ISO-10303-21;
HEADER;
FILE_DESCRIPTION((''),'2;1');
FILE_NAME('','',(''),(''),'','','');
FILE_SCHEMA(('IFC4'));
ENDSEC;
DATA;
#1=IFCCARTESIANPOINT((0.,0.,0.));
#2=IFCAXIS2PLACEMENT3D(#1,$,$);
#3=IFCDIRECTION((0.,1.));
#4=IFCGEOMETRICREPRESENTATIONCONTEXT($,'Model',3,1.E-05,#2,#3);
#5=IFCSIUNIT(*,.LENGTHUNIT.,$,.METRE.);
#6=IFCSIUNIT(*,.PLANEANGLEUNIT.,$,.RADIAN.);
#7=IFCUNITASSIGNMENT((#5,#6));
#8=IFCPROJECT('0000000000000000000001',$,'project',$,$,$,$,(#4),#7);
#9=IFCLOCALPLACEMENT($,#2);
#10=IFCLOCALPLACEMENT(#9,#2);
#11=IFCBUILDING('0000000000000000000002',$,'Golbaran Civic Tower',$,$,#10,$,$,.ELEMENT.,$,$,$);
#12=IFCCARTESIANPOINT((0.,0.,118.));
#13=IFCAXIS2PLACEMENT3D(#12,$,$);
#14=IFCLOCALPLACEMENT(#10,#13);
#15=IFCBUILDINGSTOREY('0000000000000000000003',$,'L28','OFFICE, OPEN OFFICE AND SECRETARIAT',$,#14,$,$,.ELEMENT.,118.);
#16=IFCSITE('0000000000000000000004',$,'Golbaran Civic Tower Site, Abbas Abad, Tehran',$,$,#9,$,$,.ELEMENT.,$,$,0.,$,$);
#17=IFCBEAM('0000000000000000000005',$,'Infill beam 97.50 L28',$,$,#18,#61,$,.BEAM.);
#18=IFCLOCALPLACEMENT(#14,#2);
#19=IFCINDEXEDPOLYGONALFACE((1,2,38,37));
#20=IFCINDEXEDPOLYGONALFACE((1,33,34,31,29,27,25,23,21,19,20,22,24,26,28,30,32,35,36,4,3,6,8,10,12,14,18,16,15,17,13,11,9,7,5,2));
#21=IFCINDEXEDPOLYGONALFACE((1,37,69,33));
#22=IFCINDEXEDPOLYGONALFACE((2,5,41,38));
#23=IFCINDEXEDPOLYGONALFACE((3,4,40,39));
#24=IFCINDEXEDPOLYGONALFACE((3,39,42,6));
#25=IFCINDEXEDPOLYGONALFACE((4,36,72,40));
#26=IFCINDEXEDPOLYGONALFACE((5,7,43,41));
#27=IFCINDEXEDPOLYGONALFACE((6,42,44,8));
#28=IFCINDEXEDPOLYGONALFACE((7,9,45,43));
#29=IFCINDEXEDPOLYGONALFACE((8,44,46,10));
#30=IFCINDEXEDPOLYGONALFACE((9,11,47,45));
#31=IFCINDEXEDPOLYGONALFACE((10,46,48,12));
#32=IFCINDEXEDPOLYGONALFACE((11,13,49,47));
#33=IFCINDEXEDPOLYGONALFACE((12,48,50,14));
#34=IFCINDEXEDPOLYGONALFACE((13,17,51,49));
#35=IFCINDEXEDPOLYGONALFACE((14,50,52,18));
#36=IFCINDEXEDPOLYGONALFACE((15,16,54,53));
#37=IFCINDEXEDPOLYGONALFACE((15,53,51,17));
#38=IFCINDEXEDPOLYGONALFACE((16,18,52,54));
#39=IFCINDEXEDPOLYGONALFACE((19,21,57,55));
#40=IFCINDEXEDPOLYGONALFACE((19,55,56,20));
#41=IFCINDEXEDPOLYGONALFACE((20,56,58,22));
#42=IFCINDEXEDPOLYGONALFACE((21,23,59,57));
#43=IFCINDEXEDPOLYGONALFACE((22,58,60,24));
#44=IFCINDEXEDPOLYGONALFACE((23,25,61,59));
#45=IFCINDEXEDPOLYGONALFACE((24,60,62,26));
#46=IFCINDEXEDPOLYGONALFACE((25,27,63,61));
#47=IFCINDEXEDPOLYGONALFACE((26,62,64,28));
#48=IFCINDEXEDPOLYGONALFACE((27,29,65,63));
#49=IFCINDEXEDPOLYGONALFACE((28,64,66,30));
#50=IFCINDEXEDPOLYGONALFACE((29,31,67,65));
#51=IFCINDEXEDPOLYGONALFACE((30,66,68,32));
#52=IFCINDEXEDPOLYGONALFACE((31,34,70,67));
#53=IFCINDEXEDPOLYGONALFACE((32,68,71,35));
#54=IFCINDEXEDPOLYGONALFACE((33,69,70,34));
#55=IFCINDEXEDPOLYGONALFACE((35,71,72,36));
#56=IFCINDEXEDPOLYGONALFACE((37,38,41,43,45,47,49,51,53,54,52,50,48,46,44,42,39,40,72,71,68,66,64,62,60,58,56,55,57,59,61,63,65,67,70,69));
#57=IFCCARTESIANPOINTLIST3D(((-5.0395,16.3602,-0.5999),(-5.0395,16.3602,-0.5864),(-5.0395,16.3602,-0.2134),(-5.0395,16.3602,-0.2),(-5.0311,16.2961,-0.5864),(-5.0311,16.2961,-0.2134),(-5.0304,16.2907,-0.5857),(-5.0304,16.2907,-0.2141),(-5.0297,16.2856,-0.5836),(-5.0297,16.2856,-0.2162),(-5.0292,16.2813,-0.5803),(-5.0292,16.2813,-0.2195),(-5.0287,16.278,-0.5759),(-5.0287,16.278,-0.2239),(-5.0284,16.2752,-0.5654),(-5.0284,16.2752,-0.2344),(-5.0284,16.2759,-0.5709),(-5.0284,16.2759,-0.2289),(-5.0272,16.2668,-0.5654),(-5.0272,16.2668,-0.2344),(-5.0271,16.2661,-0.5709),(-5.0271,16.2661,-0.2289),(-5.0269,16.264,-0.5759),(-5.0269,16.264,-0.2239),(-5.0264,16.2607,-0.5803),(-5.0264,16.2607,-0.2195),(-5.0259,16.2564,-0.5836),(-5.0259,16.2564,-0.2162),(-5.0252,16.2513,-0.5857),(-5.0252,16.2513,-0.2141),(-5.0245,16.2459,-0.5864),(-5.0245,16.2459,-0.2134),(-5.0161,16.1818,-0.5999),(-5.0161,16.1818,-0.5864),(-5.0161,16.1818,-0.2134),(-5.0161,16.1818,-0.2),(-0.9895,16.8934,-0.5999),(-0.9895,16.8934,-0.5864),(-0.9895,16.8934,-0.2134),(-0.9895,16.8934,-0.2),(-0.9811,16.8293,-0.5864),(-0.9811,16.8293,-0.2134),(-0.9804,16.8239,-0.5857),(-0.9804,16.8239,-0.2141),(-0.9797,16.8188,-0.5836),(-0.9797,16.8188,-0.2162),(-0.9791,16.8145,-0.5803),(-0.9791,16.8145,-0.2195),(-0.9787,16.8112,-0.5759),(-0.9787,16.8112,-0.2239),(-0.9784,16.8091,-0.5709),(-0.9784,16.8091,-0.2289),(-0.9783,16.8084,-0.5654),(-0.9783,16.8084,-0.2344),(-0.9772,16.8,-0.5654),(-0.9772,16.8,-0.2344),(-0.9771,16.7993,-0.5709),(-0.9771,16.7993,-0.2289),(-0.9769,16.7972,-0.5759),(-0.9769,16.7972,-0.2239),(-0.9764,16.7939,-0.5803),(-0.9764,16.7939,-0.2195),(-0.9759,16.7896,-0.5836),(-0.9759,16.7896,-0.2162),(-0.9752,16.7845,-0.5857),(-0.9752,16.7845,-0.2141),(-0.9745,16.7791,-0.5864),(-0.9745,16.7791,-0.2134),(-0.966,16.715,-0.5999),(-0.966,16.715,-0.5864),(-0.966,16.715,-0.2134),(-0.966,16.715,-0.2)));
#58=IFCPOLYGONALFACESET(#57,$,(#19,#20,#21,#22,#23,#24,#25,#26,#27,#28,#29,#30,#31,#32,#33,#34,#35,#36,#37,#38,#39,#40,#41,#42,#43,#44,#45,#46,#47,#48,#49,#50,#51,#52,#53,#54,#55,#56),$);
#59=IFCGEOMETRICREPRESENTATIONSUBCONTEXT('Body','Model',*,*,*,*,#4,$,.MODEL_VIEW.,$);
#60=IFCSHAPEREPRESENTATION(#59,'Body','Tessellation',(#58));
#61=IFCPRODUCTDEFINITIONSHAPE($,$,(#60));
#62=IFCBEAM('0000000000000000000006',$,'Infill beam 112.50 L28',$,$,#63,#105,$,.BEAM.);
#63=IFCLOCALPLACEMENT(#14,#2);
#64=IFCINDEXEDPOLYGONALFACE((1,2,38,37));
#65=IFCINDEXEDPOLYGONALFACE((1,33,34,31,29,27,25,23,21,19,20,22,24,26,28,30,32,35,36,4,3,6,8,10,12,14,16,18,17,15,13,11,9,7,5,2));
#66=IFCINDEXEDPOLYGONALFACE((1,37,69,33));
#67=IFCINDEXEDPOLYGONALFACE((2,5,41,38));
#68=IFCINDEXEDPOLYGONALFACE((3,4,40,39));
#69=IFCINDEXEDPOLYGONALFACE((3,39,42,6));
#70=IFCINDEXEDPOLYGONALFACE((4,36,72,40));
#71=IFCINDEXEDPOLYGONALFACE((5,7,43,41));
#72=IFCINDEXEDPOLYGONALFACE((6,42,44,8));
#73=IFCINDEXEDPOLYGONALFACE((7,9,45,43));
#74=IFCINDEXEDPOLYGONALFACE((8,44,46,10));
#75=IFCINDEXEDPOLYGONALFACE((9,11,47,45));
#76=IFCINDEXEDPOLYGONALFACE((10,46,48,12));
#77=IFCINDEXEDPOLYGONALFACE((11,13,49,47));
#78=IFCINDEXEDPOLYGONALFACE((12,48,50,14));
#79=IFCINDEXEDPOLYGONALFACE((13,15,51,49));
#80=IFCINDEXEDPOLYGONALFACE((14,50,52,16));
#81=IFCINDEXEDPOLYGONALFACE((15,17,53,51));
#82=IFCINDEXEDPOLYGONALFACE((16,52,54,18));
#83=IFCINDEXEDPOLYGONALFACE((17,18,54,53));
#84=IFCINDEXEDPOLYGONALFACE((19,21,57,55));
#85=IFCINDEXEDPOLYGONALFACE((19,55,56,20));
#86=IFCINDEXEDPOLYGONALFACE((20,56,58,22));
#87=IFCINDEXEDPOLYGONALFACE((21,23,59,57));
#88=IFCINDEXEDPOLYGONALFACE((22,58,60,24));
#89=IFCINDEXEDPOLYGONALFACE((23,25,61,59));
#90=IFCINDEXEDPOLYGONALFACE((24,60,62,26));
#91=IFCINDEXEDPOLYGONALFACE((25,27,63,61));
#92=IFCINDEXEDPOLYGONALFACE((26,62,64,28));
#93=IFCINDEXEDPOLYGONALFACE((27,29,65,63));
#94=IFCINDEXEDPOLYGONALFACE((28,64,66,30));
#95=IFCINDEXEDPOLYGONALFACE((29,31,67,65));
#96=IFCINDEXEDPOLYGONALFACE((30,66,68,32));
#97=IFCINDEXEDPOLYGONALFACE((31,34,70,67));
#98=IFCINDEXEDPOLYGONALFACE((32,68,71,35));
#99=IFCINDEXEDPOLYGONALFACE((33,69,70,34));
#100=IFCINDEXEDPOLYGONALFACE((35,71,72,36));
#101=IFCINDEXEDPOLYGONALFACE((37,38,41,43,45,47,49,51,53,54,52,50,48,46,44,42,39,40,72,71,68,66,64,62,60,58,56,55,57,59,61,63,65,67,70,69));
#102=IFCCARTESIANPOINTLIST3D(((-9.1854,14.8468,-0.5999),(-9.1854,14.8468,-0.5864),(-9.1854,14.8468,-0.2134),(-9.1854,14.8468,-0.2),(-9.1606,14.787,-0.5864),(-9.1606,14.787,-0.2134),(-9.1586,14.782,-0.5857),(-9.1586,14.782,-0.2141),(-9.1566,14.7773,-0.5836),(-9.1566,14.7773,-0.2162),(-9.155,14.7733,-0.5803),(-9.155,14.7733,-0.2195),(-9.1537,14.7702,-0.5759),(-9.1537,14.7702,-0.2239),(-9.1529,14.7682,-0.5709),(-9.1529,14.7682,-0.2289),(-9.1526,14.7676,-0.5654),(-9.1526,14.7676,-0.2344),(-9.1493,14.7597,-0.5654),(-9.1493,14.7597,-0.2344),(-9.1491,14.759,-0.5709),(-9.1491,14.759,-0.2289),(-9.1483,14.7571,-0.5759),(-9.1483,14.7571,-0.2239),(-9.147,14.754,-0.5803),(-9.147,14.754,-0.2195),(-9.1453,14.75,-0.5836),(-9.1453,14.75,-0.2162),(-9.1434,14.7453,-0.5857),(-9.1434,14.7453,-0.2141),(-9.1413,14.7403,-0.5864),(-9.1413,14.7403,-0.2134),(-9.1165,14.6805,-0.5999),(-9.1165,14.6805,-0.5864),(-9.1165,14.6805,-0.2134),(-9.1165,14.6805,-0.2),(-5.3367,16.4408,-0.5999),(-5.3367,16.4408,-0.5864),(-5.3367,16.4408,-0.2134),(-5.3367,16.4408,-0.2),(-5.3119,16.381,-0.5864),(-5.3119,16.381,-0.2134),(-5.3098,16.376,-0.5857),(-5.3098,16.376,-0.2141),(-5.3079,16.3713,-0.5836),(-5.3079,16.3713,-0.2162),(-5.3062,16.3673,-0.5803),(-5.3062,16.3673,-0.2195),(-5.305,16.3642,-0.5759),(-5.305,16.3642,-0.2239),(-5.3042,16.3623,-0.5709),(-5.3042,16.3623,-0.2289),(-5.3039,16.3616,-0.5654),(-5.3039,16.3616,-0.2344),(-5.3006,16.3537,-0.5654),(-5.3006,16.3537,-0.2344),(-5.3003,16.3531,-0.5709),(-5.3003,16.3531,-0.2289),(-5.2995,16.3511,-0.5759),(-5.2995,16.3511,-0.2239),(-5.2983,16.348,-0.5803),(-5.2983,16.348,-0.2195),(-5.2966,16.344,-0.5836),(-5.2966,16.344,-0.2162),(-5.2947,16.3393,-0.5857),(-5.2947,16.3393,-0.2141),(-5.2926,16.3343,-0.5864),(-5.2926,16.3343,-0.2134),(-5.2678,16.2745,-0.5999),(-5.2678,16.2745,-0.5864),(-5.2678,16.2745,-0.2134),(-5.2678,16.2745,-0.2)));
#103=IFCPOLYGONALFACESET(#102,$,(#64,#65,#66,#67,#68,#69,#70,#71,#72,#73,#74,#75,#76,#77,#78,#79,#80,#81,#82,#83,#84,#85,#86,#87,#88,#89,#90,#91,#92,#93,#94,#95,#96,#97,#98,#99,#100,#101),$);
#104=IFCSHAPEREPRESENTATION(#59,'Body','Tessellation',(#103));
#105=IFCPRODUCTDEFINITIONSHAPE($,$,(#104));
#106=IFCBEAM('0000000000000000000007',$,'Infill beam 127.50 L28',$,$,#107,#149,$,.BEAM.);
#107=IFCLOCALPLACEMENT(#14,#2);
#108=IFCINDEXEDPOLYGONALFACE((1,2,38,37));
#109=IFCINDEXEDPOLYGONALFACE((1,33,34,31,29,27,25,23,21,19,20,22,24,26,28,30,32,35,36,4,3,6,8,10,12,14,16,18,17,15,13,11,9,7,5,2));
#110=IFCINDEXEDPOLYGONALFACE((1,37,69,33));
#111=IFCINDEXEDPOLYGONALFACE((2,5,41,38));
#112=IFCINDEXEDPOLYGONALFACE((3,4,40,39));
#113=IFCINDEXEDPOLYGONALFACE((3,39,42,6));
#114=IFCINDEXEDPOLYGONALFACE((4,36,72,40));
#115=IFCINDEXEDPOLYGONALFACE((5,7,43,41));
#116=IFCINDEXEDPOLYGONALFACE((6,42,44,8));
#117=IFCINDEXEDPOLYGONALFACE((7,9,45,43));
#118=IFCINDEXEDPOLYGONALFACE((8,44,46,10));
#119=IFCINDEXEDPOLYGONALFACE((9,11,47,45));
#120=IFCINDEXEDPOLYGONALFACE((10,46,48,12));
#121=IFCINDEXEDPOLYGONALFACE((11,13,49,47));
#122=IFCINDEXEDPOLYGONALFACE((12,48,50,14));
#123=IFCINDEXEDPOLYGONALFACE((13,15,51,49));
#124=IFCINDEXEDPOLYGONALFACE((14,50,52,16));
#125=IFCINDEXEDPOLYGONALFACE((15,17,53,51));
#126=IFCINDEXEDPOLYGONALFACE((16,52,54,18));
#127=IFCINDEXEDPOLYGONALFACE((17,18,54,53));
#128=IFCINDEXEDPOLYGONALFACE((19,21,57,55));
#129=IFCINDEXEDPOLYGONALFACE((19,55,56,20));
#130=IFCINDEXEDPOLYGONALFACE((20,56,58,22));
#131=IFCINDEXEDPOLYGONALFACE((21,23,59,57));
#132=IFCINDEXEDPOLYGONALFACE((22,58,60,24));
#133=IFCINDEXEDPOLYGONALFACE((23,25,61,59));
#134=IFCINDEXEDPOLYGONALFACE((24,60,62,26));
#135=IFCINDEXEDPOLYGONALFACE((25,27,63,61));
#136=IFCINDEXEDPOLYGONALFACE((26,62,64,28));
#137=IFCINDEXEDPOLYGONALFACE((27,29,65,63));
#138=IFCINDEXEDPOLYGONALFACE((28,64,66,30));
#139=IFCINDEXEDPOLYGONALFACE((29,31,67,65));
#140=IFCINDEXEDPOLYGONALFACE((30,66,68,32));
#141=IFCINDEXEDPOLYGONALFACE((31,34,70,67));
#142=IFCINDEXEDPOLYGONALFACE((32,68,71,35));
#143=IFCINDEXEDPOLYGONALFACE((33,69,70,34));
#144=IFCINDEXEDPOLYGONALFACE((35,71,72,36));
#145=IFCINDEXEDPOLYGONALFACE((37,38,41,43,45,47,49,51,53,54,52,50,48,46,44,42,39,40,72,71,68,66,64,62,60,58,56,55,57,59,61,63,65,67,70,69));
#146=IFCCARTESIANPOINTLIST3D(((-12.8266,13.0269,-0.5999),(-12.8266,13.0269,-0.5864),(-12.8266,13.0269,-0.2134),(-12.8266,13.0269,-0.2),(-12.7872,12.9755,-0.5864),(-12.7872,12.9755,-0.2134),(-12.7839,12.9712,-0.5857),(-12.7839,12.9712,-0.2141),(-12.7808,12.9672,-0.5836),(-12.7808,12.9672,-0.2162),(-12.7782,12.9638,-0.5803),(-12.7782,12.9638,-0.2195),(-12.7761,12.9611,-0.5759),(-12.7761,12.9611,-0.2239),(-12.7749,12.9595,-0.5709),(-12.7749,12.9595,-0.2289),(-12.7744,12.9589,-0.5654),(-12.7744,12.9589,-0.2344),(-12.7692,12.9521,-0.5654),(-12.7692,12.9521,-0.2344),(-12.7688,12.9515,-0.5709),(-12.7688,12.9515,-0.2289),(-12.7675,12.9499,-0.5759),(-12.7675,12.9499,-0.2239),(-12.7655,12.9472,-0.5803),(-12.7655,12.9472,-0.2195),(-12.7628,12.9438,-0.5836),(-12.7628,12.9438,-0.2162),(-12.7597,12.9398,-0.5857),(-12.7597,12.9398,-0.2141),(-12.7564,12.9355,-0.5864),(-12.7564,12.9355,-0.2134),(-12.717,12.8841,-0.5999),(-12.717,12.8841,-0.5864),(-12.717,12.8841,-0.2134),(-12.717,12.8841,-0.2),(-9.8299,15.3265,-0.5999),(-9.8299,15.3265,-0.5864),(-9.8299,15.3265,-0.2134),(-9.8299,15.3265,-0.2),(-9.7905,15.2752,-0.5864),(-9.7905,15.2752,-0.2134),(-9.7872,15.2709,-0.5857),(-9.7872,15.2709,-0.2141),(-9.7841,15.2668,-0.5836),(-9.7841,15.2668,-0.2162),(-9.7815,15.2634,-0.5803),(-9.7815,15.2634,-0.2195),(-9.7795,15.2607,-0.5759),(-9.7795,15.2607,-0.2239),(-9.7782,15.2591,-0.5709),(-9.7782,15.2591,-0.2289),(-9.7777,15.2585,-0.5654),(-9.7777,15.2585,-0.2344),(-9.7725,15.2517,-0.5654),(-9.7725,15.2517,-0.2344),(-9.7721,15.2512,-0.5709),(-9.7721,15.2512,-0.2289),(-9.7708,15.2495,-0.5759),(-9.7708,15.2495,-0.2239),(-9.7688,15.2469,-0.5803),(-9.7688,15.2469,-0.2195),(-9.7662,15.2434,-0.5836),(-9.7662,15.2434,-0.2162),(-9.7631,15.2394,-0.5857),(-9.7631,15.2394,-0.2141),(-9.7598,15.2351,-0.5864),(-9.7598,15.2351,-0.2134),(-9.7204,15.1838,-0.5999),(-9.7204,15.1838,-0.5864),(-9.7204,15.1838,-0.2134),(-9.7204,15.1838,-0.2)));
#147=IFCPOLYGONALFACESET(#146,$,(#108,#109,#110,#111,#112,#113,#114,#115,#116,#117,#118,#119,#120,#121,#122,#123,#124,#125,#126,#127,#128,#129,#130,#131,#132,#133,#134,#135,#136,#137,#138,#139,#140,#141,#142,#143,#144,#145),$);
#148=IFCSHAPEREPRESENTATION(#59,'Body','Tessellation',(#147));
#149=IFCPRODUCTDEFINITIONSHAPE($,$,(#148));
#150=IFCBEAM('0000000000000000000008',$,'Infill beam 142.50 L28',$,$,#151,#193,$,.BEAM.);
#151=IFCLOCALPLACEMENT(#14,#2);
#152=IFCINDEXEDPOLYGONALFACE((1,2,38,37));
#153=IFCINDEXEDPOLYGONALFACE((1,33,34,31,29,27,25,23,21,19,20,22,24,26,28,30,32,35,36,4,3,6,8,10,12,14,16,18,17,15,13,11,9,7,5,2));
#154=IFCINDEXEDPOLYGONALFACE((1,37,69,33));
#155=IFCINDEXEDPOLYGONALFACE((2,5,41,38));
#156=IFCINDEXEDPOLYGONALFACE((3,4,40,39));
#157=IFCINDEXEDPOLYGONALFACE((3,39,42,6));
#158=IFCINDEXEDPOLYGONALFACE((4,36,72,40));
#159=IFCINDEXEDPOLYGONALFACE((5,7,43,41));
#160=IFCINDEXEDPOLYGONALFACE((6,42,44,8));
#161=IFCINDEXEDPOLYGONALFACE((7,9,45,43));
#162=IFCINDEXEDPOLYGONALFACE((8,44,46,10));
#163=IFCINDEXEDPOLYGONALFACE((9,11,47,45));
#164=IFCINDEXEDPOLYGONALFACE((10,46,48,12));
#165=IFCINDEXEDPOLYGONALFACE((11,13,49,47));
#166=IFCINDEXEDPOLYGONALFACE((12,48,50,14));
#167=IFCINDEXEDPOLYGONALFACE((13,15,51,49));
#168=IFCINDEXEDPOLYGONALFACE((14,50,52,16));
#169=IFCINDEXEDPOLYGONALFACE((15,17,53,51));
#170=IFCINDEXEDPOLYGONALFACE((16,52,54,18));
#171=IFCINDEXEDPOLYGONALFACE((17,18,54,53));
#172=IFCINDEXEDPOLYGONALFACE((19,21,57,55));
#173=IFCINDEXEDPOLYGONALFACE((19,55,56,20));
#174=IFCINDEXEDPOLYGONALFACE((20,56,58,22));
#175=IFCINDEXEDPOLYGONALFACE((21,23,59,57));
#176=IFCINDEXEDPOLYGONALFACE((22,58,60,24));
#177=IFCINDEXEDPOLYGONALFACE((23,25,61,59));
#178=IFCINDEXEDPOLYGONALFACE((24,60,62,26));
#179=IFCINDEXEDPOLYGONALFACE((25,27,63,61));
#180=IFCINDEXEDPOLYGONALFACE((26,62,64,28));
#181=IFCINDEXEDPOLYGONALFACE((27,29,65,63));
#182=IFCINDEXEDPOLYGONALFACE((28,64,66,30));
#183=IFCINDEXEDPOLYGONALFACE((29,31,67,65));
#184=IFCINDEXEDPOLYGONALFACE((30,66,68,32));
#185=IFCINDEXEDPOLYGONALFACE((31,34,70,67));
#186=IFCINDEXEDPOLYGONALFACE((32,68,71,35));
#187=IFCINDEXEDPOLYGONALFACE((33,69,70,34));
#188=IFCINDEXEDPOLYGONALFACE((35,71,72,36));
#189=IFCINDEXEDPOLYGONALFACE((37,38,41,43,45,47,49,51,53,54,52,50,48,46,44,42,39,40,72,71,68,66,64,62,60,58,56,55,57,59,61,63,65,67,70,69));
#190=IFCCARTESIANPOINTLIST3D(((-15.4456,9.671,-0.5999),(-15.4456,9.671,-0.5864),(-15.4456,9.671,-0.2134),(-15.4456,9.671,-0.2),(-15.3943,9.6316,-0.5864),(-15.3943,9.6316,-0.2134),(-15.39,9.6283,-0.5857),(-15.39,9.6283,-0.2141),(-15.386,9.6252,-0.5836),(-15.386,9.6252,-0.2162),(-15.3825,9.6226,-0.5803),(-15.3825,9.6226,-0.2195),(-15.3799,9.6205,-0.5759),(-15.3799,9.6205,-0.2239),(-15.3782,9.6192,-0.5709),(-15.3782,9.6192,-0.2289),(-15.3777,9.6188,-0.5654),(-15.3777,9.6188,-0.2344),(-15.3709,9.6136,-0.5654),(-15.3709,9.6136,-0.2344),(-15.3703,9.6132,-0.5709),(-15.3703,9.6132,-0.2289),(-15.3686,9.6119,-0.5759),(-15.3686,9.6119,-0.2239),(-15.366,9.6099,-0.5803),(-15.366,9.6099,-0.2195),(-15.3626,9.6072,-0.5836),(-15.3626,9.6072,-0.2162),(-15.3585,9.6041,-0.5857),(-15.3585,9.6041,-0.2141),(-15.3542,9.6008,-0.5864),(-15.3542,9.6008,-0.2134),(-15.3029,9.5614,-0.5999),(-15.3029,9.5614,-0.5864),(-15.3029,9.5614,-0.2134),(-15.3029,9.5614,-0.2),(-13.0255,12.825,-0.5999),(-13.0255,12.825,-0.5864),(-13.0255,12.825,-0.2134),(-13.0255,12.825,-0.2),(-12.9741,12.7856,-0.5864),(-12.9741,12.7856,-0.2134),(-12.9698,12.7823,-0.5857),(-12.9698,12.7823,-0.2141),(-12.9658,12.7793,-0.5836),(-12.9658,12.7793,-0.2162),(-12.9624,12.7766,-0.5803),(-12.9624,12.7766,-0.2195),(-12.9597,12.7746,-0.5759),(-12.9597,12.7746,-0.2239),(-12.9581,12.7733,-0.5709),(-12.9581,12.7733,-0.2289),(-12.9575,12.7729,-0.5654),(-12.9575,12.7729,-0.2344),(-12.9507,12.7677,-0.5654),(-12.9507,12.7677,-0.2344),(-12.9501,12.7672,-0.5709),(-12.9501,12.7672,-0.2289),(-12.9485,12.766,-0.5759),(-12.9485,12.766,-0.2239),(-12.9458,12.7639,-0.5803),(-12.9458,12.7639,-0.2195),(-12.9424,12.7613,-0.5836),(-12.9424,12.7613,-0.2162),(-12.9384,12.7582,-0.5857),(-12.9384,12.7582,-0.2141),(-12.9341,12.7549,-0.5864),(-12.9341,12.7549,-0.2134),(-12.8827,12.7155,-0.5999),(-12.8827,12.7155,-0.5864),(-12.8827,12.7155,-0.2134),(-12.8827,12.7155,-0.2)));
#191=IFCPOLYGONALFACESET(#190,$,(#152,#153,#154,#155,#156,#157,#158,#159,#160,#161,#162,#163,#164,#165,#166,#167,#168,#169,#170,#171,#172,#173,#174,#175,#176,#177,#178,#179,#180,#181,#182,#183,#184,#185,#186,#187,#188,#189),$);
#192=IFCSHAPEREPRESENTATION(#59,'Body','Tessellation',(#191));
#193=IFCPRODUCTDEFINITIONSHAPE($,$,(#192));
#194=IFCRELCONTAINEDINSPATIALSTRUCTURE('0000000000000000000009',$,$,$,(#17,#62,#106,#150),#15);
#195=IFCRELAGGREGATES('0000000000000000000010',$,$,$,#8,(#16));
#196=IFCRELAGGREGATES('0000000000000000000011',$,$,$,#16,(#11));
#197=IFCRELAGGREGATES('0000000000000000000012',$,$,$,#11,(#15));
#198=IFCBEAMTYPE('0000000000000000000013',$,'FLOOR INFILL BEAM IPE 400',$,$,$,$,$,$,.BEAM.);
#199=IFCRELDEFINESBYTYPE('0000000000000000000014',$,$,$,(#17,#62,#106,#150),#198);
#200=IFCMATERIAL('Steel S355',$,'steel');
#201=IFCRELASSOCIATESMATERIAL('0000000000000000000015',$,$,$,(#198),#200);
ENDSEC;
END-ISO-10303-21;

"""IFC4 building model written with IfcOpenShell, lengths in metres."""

from ifc_helpers import new_model, si_unit, direction, frame, origin, origin_2d, place, context, subcontext, project, spatial, i_section, extrude, material, material_profile, profile_set, type_object, element, save


model = new_model("IFC4")

# Units and contexts
model_context = context("Model", 3, precision=1e-05, world=origin(), true_north=direction((0.0, 1.0)))
body_context = subcontext(model_context, "Body", "Model", "MODEL_VIEW")
ifc_project = project(units=[si_unit("LENGTHUNIT", "METRE"), si_unit("PLANEANGLEUNIT", "RADIAN")], contexts=[model_context])

# Site, building, storey
site_placement = place(None, origin())
site = spatial("IfcSite", under=ifc_project, at=site_placement, Name="Golbaran Civic Tower Site, Abbas Abad, Tehran", CompositionType="ELEMENT", RefElevation=0.0)
building_placement = place(site_placement, origin())
building = spatial("IfcBuilding", under=site, at=building_placement, Name="Golbaran Civic Tower", CompositionType="ELEMENT")
storey_placement = place(building_placement, frame((0.0, 0.0, 118.0)))
storey = spatial("IfcBuildingStorey", under=building, at=storey_placement, Name="L28", Description="OFFICE, OPEN OFFICE AND SECRETARIAT", CompositionType="ELEMENT", Elevation=118.0)

# Beams
ifc_material_1 = material(Name="Steel S355", Category="steel")
ifc_material_profile_1 = material_profile(ifc_material_1, i_section(OverallWidth=0.1799, OverallDepth=0.3999, WebThickness=0.0085, FlangeThickness=0.0134, FilletRadius=0.021, at=origin_2d()), Name="IPE 400")
ifc_profile_set_1 = profile_set([ifc_material_profile_1], Name="Steel S355")
beam_type_1 = type_object("IfcBeamType", Name="FLOOR INFILL BEAM IPE 400", PredefinedType="BEAM", material=ifc_profile_set_1)
beam_1_placement = place(storey_placement, frame((-0.9778, 16.8042, -0.3999), z_axis=(-0.991445, -0.130527, 0.0), x_axis=(0.130527, -0.991445, 0.0)))
element("IfcBeam", 1, at=beam_1_placement, inside=storey, type_object=beam_type_1, Name="Infill beam 97.50 L28", PredefinedType="BEAM", context=body_context, shape_type="SweptSolid", body=[
    extrude(i_section(OverallWidth=0.1799, OverallDepth=0.3999, WebThickness=0.0085, FlangeThickness=0.0134, FilletRadius=0.021, at=origin_2d()), origin(), (0.0, 0.0, 1.0), 4.085),
])
beam_2_placement = place(storey_placement, frame((-5.3022, 16.3577, -0.3999), z_axis=(-0.923893, -0.38265, 0.0), x_axis=(0.38265, -0.923893, 0.0)))
element("IfcBeam", 2, at=beam_2_placement, inside=storey, type_object=beam_type_1, Name="Infill beam 112.50 L28", PredefinedType="BEAM", context=body_context, shape_type="SweptSolid", body=[
    extrude(i_section(OverallWidth=0.1799, OverallDepth=0.3999, WebThickness=0.0085, FlangeThickness=0.0134, FilletRadius=0.021, at=origin_2d()), origin(), (0.0, 0.0, 1.0), 4.1658),
])
beam_3_placement = place(storey_placement, frame((-9.7751, 15.2551, -0.3999), z_axis=(-0.793327, -0.608795, 0.0), x_axis=(0.608795, -0.793327, 0.0)))
element("IfcBeam", 3, at=beam_3_placement, inside=storey, type_object=beam_type_1, Name="Infill beam 127.50 L28", PredefinedType="BEAM", context=body_context, shape_type="SweptSolid", body=[
    extrude(i_section(OverallWidth=0.1799, OverallDepth=0.3999, WebThickness=0.0085, FlangeThickness=0.0134, FilletRadius=0.021, at=origin_2d()), origin(), (0.0, 0.0, 1.0), 3.7773),
])
beam_4_placement = place(storey_placement, frame((-12.9541, 12.7703, -0.3999), z_axis=(-0.608758, -0.793356, 0.0), x_axis=(0.793356, -0.608758, 0.0)))
element("IfcBeam", 4, at=beam_4_placement, inside=storey, type_object=beam_type_1, Name="Infill beam 142.50 L28", PredefinedType="BEAM", context=body_context, shape_type="SweptSolid", body=[
    extrude(i_section(OverallWidth=0.1799, OverallDepth=0.3999, WebThickness=0.0085, FlangeThickness=0.0134, FilletRadius=0.021, at=origin_2d()), origin(), (0.0, 0.0, 1.0), 3.9756),
])

save(model, "model.ifc")
